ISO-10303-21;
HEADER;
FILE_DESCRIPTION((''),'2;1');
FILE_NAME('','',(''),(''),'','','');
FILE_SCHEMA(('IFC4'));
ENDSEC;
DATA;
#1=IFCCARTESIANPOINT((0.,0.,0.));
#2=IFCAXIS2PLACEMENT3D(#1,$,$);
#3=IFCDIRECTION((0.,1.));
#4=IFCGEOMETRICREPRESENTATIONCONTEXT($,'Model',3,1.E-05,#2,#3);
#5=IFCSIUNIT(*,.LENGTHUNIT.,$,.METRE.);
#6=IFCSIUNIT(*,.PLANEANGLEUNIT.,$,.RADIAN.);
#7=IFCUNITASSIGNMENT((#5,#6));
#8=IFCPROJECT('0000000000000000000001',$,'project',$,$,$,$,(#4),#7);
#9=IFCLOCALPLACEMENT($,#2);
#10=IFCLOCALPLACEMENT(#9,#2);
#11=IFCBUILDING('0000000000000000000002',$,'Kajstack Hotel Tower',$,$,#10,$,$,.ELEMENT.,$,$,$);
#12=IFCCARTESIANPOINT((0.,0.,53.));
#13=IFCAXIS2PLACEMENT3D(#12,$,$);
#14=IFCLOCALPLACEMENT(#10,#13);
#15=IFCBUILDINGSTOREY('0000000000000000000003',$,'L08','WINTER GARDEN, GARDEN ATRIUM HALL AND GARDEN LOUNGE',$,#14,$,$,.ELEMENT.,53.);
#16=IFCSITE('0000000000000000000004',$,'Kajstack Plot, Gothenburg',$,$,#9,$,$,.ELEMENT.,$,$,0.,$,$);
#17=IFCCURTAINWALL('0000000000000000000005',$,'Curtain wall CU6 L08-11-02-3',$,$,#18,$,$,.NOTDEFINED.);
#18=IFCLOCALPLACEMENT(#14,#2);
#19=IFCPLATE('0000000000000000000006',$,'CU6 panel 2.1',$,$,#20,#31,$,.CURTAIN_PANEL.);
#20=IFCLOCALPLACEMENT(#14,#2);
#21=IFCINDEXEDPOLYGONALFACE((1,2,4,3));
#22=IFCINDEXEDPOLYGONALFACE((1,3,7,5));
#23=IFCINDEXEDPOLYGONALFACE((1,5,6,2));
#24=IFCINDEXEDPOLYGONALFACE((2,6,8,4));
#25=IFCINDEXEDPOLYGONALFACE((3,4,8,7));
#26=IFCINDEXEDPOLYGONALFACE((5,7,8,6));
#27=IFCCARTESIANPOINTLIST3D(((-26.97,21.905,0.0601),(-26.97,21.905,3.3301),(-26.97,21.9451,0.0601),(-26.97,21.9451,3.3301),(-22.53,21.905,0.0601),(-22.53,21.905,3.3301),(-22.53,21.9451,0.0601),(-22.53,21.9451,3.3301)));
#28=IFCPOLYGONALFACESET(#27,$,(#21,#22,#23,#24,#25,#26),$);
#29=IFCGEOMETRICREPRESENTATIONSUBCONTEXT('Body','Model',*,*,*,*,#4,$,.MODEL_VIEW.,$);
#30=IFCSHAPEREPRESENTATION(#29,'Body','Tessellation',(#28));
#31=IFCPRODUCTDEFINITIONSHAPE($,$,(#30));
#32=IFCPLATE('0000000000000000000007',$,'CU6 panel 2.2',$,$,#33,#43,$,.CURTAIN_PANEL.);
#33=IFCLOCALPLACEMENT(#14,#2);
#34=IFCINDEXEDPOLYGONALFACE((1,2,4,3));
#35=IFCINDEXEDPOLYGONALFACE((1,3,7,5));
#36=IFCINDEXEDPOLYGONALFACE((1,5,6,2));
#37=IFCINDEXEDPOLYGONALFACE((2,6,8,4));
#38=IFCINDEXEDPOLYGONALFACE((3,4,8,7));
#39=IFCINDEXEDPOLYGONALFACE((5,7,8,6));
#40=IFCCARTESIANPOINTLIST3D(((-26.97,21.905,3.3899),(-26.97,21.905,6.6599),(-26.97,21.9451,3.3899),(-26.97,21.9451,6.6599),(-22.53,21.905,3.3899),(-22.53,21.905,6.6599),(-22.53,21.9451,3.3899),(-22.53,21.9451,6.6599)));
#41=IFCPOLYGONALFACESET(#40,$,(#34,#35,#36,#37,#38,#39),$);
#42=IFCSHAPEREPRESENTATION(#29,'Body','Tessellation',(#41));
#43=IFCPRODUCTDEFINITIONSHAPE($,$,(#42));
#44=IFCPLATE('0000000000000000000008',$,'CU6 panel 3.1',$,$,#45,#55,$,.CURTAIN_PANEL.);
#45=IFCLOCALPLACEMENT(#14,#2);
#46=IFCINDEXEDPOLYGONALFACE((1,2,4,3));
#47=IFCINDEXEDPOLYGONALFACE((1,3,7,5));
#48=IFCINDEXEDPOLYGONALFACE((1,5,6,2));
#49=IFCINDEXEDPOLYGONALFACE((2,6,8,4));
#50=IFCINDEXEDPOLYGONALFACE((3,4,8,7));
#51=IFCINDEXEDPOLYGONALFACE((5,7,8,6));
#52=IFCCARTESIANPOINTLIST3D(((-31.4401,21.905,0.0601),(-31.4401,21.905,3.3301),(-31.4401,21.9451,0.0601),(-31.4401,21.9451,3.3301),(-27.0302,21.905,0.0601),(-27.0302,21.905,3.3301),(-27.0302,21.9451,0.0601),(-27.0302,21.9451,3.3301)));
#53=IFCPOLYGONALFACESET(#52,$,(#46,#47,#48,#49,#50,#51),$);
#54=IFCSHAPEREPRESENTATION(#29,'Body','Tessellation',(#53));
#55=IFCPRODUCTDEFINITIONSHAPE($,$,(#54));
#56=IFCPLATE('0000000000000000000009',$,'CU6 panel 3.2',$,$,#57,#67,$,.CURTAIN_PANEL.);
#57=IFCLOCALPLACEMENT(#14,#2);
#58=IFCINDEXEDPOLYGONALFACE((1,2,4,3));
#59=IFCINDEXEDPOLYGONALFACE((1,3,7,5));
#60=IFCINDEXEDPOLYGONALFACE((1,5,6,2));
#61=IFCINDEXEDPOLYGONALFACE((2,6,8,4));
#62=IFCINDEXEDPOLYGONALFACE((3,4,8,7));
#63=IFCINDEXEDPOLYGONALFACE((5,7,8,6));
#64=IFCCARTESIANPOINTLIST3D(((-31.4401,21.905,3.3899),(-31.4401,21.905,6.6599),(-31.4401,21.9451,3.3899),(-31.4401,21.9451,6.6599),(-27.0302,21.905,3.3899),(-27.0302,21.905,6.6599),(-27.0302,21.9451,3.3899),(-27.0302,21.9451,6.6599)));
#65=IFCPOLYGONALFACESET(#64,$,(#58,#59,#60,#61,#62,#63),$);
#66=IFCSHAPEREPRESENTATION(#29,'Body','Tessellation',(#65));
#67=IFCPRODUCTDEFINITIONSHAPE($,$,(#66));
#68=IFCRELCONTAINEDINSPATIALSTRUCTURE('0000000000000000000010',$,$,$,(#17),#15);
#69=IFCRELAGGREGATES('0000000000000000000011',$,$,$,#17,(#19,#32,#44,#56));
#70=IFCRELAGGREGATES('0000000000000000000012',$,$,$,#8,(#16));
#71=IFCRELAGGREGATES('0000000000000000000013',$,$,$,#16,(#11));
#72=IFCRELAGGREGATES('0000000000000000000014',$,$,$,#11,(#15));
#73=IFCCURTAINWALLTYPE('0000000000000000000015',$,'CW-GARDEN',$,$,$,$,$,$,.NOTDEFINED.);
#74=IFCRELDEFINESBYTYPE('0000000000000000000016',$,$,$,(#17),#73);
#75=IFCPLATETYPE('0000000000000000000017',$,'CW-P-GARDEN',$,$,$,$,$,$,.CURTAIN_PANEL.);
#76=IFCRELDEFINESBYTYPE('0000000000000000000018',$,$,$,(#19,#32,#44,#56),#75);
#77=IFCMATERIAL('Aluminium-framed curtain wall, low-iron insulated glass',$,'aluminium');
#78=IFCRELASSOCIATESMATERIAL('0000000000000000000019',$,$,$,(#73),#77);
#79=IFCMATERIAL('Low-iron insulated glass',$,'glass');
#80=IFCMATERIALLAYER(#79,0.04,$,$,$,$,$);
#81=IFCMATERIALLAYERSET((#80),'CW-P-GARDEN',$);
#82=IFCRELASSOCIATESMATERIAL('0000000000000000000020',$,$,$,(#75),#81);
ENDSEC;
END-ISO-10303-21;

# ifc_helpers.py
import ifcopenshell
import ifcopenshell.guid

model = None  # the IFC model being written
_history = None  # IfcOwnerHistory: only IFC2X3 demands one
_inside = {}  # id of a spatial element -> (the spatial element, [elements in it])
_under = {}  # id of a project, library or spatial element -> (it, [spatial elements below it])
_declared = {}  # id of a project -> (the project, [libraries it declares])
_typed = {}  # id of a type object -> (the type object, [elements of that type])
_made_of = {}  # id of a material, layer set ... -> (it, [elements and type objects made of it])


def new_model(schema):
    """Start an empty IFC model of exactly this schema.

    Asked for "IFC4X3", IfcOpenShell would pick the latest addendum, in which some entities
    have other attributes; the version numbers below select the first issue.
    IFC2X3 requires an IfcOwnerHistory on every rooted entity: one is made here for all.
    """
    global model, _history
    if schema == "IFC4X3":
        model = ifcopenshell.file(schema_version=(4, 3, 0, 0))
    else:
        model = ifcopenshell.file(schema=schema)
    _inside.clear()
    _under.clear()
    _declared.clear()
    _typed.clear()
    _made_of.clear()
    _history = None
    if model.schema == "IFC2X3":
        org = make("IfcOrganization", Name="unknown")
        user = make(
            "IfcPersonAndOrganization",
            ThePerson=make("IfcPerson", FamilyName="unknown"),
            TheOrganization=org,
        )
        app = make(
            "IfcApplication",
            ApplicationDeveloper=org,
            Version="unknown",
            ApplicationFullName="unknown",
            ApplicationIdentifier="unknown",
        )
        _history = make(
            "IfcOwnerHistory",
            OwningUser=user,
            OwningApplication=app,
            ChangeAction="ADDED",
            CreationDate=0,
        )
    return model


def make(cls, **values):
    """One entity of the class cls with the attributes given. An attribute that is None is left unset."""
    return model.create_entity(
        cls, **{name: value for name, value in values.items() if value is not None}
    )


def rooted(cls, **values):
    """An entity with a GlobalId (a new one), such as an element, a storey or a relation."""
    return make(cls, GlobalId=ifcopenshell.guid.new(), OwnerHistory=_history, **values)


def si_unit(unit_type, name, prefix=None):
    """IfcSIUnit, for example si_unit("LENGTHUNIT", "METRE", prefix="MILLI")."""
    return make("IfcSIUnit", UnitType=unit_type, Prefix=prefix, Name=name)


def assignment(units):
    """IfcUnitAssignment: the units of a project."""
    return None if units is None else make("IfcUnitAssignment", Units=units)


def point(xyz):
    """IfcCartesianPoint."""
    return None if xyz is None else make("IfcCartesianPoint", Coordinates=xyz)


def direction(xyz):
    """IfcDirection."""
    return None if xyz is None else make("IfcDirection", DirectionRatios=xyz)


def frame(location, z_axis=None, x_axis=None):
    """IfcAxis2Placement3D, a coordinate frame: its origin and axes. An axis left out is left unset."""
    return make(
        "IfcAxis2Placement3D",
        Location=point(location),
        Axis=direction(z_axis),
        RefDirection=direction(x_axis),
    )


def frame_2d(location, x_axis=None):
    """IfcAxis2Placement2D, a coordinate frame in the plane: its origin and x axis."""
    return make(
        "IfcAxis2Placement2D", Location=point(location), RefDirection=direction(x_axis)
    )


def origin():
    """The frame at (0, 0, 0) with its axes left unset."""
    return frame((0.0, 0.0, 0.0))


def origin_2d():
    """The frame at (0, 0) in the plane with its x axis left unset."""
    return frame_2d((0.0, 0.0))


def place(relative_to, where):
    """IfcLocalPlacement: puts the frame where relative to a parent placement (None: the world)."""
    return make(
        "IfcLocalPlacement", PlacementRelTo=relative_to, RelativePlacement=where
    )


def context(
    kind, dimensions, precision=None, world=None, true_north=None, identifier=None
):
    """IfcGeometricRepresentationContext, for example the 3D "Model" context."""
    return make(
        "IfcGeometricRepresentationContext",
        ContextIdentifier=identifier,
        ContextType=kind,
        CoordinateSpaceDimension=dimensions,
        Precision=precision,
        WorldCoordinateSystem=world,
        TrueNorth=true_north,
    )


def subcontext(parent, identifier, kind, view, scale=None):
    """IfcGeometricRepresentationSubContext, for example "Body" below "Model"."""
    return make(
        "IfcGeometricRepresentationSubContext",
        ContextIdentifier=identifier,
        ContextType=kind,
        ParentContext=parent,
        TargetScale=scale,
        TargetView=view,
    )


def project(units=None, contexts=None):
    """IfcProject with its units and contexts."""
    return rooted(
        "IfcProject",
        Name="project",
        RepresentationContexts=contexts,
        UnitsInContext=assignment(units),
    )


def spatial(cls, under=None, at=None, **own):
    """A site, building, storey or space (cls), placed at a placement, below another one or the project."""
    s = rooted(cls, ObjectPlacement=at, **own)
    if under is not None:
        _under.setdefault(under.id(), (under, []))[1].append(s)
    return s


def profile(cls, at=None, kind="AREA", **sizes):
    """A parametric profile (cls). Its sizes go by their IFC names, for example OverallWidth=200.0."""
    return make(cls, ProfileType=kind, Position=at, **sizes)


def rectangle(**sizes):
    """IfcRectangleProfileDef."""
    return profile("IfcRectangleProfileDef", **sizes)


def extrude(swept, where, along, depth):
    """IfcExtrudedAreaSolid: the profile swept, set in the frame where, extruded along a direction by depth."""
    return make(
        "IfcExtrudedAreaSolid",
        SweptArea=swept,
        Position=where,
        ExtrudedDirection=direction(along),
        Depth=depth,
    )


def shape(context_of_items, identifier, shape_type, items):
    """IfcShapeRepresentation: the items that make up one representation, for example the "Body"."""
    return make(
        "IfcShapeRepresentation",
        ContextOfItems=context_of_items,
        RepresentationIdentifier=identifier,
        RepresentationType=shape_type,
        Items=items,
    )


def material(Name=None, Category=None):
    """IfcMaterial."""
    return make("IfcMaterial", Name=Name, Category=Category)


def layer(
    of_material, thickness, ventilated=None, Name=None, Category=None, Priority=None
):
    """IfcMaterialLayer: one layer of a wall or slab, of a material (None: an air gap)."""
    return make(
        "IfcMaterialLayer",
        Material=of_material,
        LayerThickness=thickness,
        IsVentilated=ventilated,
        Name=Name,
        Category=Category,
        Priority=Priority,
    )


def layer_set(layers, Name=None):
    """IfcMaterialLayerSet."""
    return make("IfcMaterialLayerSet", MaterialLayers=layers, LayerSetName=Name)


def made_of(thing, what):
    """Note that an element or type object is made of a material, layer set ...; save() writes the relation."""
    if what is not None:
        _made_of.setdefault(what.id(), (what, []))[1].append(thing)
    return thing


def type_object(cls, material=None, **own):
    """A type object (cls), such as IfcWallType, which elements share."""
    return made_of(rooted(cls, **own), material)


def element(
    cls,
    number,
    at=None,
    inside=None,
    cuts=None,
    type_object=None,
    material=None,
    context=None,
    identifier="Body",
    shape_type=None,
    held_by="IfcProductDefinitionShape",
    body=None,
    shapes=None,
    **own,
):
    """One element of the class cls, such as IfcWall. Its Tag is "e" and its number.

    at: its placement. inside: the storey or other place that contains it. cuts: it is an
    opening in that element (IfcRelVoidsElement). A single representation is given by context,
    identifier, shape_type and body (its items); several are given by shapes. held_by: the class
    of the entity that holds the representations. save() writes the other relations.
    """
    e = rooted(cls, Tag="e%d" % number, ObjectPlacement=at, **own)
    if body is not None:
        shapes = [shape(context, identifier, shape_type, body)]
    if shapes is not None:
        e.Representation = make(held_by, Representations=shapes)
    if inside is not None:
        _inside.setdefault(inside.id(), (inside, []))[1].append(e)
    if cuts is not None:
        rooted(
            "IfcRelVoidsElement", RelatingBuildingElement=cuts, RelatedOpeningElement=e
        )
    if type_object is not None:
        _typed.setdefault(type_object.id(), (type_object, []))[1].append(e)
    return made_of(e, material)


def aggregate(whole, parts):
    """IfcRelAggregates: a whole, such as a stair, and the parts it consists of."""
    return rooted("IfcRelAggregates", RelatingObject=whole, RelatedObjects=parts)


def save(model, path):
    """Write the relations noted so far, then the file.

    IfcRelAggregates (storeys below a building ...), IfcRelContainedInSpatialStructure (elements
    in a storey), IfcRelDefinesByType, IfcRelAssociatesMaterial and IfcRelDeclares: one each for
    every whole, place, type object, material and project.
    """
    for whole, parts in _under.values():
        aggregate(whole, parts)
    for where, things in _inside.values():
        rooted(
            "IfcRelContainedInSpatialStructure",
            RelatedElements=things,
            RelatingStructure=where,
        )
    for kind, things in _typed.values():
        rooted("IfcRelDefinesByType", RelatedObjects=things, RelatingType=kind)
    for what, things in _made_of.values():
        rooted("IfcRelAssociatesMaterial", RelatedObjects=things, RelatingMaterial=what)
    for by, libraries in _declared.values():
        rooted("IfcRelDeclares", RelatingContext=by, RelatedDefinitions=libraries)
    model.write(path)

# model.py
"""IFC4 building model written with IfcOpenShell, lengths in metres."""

from ifc_helpers import new_model, si_unit, direction, frame, origin, origin_2d, place, context, subcontext, project, spatial, rectangle, extrude, material, layer, layer_set, type_object, element, aggregate, save


model = new_model("IFC4")

# Units and contexts
model_context = context("Model", 3, precision=1e-05, world=origin(), true_north=direction((0.0, 1.0)))
body_context = subcontext(model_context, "Body", "Model", "MODEL_VIEW")
ifc_project = project(units=[si_unit("LENGTHUNIT", "METRE"), si_unit("PLANEANGLEUNIT", "RADIAN")], contexts=[model_context])

# Site, building, storey
site_placement = place(None, origin())
site = spatial("IfcSite", under=ifc_project, at=site_placement, Name="Kajstack Plot, Gothenburg", CompositionType="ELEMENT", RefElevation=0.0)
building_placement = place(site_placement, origin())
building = spatial("IfcBuilding", under=site, at=building_placement, Name="Kajstack Hotel Tower", CompositionType="ELEMENT")
storey_placement = place(building_placement, frame((0.0, 0.0, 53.0)))
storey = spatial("IfcBuildingStorey", under=building, at=storey_placement, Name="L08", Description="WINTER GARDEN, GARDEN ATRIUM HALL AND GARDEN LOUNGE", CompositionType="ELEMENT", Elevation=53.0)

# Curtain wall, plates
ifc_material_1 = material(Name="Aluminium-framed curtain wall, low-iron insulated glass", Category="aluminium")
curtain_wall_type = type_object("IfcCurtainWallType", Name="CW-GARDEN", PredefinedType="NOTDEFINED", material=ifc_material_1)
curtain_wall_placement = place(storey_placement, origin())
curtain_wall = element("IfcCurtainWall", 1, at=curtain_wall_placement, inside=storey, type_object=curtain_wall_type, Name="Curtain wall CU6 L08-11-02-3", PredefinedType="NOTDEFINED")
ifc_material_2 = material(Name="Low-iron insulated glass", Category="glass")
ifc_layer = layer(ifc_material_2, 0.04)
ifc_layer_set = layer_set([ifc_layer], Name="CW-P-GARDEN")
plate_type = type_object("IfcPlateType", Name="CW-P-GARDEN", PredefinedType="CURTAIN_PANEL", material=ifc_layer_set)
plate_1_placement = place(storey_placement, frame((-24.75, 21.925, 0.0601), z_axis=(0.0, 0.0, 1.0), x_axis=(-1.0, 0.0, 0.0)))
plate_1 = element("IfcPlate", 2, at=plate_1_placement, type_object=plate_type, Name="CU6 panel 2.1", PredefinedType="CURTAIN_PANEL", context=body_context, shape_type="SweptSolid", body=[
    extrude(rectangle(XDim=4.4399, YDim=0.04, at=origin_2d()), origin(), (0.0, 0.0, 1.0), 3.27),
])
plate_2_placement = place(storey_placement, frame((-24.75, 21.925, 3.3899), z_axis=(0.0, 0.0, 1.0), x_axis=(-1.0, 0.0, 0.0)))
plate_2 = element("IfcPlate", 3, at=plate_2_placement, type_object=plate_type, Name="CU6 panel 2.2", PredefinedType="CURTAIN_PANEL", context=body_context, shape_type="SweptSolid", body=[
    extrude(rectangle(XDim=4.4399, YDim=0.04, at=origin_2d()), origin(), (0.0, 0.0, 1.0), 3.27),
])
plate_3_placement = place(storey_placement, frame((-29.2351, 21.925, 0.0601), z_axis=(0.0, 0.0, 1.0), x_axis=(-1.0, 0.0, 0.0)))
plate_3 = element("IfcPlate", 4, at=plate_3_placement, type_object=plate_type, Name="CU6 panel 3.1", PredefinedType="CURTAIN_PANEL", context=body_context, shape_type="SweptSolid", body=[
    extrude(rectangle(XDim=4.4099, YDim=0.04, at=origin_2d()), origin(), (0.0, 0.0, 1.0), 3.27),
])
plate_4_placement = place(storey_placement, frame((-29.2351, 21.925, 3.3899), z_axis=(0.0, 0.0, 1.0), x_axis=(-1.0, 0.0, 0.0)))
plate_4 = element("IfcPlate", 5, at=plate_4_placement, type_object=plate_type, Name="CU6 panel 3.2", PredefinedType="CURTAIN_PANEL", context=body_context, shape_type="SweptSolid", body=[
    extrude(rectangle(XDim=4.4099, YDim=0.04, at=origin_2d()), origin(), (0.0, 0.0, 1.0), 3.27),
])
aggregate(curtain_wall, [plate_1, plate_2, plate_3, plate_4])

save(model, "model.ifc")
